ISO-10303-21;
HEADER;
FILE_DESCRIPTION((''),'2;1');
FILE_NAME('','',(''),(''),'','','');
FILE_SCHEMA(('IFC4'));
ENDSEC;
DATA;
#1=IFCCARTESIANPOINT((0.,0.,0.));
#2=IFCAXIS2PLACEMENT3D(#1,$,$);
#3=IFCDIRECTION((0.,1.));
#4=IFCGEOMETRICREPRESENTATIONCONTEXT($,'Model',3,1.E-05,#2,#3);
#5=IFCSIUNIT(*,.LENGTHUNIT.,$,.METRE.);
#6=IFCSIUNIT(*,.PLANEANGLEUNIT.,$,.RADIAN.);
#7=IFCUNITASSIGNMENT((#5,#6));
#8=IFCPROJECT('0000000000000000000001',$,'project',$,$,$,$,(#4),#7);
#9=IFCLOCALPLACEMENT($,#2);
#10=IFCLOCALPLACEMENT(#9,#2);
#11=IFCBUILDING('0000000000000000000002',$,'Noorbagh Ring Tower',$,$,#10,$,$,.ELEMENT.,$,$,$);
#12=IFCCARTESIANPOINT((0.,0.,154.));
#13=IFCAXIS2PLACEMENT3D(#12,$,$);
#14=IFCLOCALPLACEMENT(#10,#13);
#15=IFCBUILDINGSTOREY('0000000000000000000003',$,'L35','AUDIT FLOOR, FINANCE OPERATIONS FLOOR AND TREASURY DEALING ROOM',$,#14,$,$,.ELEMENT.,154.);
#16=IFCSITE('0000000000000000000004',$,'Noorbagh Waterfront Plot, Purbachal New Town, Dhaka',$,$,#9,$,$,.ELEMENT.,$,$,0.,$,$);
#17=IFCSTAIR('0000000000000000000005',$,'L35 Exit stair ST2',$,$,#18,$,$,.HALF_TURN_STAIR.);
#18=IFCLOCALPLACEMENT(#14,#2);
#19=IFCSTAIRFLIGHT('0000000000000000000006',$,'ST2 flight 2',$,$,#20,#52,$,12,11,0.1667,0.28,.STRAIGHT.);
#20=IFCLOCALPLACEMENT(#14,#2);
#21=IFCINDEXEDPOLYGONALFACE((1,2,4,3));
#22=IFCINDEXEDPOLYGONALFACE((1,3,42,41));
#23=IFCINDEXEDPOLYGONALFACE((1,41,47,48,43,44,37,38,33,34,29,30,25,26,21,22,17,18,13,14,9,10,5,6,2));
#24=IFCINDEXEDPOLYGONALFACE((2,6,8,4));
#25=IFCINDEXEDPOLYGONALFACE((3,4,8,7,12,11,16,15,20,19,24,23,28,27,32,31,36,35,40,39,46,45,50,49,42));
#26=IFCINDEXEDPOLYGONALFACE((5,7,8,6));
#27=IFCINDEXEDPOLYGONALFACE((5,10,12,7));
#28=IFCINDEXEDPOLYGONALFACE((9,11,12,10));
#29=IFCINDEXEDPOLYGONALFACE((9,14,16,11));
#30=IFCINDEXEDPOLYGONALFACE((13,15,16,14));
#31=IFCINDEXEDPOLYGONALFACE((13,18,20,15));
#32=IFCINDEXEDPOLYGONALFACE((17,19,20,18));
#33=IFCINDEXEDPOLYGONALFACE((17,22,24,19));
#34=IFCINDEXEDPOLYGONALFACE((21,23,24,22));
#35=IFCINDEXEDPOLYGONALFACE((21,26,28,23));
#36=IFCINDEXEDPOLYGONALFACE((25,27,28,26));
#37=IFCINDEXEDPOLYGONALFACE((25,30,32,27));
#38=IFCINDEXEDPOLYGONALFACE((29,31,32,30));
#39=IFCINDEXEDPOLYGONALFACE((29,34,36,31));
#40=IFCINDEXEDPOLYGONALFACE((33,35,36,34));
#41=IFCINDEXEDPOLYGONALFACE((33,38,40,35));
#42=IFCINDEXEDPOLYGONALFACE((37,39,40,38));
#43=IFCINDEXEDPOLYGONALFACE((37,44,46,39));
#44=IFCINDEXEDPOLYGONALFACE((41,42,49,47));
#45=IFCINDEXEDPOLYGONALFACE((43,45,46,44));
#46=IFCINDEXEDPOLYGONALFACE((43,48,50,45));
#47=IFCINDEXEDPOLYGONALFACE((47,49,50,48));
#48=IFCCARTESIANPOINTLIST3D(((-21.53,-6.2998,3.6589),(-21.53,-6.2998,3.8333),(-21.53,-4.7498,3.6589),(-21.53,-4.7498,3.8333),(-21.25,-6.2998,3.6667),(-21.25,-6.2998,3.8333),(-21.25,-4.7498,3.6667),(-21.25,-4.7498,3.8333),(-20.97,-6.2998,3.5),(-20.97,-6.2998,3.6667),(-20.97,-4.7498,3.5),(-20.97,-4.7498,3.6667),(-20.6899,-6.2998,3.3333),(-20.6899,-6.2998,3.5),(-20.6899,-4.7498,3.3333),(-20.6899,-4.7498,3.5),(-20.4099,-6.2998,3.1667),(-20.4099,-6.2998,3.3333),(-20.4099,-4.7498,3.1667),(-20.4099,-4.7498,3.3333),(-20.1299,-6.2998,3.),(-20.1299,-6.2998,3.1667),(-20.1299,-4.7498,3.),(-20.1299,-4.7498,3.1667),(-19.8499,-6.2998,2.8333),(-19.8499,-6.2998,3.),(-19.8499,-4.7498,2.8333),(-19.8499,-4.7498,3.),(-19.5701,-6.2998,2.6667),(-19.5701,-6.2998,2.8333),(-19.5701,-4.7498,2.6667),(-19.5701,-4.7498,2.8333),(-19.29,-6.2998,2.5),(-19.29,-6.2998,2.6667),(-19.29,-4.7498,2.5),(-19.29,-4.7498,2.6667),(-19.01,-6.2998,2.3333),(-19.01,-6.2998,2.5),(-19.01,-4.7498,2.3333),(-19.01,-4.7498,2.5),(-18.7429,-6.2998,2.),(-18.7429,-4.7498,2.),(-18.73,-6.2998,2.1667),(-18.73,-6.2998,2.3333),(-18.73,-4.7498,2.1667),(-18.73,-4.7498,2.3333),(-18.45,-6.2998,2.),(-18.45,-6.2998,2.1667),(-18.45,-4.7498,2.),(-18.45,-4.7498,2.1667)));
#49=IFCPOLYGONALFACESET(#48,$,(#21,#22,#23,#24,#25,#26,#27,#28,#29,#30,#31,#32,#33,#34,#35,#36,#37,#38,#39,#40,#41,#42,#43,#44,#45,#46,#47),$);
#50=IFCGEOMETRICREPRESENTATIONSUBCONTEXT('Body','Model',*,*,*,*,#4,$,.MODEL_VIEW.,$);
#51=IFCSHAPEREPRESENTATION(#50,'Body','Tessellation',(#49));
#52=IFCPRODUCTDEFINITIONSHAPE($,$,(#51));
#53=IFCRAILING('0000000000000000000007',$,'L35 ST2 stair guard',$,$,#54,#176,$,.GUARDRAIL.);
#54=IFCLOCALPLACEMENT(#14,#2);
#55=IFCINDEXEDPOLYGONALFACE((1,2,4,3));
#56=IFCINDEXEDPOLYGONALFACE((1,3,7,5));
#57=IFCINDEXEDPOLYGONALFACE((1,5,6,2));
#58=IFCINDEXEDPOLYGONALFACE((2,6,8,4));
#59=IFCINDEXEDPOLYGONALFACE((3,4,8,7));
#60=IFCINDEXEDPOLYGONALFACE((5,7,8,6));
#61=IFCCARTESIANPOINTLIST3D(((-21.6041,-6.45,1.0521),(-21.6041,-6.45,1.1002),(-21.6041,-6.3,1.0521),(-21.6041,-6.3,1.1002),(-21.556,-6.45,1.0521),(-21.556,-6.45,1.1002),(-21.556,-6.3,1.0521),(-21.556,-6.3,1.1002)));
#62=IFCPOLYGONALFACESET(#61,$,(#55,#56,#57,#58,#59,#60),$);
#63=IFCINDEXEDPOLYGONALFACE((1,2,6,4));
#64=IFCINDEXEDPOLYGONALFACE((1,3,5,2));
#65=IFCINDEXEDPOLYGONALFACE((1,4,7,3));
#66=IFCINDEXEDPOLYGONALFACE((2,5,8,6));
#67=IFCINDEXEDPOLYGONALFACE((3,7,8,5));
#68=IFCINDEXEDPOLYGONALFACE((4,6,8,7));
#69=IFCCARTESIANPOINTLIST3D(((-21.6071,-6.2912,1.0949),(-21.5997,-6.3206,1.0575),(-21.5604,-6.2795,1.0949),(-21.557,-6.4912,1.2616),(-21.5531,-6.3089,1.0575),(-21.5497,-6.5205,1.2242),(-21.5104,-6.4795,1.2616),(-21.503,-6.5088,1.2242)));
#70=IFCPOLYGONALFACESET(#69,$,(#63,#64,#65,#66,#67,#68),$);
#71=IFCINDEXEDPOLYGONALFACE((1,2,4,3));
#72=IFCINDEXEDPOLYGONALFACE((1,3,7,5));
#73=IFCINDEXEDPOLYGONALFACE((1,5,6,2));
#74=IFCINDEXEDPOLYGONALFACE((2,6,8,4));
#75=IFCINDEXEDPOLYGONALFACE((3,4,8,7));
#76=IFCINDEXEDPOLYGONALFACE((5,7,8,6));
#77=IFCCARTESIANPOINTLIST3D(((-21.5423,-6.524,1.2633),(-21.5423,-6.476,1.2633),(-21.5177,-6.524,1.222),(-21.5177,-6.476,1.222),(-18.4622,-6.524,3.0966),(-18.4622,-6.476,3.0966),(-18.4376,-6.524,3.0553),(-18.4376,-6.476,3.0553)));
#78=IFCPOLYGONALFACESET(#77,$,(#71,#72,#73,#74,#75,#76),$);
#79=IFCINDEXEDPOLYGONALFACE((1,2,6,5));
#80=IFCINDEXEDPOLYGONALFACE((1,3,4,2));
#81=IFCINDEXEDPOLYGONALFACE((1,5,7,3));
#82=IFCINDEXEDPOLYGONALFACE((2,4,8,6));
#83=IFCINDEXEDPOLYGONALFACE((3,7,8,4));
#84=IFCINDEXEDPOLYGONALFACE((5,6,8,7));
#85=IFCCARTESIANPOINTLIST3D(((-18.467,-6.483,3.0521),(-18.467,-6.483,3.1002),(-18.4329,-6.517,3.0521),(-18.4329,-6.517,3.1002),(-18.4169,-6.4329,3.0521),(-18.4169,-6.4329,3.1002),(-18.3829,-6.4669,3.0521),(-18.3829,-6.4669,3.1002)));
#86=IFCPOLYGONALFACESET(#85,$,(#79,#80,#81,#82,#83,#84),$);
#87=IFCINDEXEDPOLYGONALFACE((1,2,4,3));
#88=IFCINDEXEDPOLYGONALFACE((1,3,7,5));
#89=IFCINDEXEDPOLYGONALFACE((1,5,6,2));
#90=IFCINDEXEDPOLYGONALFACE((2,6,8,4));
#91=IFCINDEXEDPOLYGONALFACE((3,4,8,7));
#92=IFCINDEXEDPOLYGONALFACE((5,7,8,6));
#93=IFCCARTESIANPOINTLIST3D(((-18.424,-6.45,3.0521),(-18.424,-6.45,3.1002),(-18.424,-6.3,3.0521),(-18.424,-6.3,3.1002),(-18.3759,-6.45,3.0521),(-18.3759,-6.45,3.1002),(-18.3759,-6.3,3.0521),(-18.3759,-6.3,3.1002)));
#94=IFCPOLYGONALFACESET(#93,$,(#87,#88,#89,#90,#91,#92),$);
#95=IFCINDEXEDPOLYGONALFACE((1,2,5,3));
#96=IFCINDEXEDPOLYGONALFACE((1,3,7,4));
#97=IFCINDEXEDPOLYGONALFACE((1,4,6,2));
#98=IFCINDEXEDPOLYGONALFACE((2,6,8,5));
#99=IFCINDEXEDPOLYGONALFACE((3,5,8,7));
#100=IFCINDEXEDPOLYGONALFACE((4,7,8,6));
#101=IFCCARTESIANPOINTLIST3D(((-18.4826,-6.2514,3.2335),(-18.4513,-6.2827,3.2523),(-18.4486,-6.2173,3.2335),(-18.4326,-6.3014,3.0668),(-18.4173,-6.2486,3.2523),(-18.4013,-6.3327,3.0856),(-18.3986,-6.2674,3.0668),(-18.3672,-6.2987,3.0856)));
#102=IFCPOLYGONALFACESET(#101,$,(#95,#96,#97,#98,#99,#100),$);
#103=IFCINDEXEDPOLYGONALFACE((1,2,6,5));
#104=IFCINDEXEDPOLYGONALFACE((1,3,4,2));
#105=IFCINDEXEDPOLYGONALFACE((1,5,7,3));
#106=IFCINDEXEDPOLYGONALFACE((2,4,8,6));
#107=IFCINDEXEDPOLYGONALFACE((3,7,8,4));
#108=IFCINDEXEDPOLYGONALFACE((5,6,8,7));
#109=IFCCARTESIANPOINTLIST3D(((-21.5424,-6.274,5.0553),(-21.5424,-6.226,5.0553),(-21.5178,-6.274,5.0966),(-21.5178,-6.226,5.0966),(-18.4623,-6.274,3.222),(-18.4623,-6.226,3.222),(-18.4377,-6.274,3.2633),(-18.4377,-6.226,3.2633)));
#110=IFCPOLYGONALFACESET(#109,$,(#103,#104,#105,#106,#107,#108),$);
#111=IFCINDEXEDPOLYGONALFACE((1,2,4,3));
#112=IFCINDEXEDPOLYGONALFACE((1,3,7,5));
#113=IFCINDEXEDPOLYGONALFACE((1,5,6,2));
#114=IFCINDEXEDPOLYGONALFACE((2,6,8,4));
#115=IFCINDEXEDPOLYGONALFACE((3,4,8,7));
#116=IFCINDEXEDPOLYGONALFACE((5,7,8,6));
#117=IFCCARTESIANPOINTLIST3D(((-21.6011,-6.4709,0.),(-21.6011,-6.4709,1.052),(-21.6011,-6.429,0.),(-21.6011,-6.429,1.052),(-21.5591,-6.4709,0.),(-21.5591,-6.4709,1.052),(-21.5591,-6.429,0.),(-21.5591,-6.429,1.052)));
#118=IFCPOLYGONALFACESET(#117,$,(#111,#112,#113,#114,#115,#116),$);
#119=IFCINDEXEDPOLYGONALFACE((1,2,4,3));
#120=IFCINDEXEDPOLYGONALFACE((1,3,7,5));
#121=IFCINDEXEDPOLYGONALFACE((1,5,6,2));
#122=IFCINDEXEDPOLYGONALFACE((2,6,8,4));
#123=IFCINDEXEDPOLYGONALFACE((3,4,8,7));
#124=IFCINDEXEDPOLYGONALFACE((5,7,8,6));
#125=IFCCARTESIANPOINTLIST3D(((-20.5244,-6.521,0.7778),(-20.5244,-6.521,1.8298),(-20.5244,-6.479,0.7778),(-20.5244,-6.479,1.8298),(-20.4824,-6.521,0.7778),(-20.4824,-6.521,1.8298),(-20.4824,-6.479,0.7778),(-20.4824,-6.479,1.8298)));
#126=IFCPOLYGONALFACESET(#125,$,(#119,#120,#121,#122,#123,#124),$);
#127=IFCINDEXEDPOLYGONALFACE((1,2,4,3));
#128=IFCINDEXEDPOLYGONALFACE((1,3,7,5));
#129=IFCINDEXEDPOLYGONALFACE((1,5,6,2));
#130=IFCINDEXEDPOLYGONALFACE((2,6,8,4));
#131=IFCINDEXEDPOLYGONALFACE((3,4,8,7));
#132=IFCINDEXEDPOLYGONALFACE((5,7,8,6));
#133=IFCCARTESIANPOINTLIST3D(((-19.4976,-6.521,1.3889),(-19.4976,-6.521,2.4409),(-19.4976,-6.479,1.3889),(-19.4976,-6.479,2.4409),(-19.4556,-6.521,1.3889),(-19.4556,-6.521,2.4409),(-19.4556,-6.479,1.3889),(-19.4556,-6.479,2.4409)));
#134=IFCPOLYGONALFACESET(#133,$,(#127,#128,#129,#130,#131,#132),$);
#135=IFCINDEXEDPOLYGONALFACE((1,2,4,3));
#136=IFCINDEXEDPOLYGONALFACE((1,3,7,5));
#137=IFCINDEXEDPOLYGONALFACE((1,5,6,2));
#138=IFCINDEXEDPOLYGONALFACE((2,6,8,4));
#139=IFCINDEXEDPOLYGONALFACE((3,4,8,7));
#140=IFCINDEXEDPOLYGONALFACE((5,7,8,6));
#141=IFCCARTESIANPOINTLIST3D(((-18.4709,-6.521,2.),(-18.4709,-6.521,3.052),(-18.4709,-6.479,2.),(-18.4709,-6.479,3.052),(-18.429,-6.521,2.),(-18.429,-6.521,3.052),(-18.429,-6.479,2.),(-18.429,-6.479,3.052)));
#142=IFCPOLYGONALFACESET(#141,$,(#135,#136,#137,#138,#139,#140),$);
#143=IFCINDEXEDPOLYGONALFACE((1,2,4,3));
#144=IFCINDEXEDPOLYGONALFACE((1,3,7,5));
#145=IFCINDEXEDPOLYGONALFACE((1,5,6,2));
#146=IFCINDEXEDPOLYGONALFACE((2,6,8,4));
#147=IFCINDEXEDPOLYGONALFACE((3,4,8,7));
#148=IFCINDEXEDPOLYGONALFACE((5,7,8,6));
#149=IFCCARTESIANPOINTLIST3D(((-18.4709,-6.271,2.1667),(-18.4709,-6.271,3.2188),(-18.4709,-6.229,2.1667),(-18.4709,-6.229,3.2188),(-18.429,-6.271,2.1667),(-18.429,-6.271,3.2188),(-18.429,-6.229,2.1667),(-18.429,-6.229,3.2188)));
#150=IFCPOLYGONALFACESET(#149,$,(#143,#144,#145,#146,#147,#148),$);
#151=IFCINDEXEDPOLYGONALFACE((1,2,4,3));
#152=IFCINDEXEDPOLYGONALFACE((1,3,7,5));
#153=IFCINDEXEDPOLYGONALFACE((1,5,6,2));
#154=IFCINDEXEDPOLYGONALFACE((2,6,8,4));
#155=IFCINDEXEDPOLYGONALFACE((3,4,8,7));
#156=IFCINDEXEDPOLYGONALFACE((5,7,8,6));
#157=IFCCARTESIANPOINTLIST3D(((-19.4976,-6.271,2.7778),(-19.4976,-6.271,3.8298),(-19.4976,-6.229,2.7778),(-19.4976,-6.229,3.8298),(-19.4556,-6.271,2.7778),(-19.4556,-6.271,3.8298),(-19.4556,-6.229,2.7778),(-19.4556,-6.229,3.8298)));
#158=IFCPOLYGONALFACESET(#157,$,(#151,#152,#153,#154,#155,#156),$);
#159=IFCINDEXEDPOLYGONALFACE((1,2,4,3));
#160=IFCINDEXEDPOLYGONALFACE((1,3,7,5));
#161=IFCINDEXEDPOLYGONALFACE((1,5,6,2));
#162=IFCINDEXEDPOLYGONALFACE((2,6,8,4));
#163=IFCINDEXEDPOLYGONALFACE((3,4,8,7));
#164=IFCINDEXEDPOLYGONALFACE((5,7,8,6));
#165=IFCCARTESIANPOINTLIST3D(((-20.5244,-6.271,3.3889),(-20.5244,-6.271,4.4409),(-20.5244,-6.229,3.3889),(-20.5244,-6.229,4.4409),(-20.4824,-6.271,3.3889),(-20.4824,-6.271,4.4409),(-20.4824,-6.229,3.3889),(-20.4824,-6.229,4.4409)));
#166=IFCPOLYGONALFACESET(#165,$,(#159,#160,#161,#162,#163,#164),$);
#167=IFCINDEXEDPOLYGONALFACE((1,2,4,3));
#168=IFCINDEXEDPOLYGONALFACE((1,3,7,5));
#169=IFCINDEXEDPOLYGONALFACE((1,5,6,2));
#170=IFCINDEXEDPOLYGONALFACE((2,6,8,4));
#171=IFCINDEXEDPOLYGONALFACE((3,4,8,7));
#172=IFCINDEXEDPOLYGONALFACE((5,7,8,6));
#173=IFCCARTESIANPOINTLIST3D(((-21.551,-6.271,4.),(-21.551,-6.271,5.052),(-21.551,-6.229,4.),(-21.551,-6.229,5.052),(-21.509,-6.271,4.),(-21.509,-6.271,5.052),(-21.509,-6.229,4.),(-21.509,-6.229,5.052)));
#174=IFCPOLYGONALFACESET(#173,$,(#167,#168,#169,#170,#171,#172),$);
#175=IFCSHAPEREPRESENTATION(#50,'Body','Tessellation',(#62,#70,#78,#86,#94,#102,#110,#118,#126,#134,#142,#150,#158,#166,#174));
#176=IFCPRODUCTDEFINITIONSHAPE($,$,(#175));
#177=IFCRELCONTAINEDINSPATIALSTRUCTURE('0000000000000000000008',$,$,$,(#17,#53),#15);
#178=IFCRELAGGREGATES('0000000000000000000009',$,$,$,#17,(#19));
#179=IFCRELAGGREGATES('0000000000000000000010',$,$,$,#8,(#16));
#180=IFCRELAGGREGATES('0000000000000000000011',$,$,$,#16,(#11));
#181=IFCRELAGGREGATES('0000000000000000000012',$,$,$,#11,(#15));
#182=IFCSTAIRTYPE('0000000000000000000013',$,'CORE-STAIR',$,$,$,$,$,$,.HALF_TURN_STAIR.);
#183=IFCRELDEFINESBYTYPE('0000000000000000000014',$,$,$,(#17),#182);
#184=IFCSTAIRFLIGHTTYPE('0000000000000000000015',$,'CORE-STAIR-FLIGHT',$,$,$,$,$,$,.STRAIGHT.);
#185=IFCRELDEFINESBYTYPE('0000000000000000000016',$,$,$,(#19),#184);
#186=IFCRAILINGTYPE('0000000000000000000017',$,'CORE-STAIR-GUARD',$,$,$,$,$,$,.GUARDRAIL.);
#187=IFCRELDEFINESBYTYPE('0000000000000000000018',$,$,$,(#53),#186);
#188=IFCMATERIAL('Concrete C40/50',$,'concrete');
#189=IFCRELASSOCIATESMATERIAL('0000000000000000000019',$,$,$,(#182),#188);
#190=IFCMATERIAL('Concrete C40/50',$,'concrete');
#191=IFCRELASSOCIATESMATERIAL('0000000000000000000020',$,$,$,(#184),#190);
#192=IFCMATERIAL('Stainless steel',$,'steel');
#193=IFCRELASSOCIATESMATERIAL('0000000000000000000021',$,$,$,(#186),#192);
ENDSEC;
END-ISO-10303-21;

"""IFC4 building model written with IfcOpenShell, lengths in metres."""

from ifc_helpers import new_model, si_unit, direction, frame, origin, origin_2d, place, context, subcontext, project, spatial, polyline, rectangle, outline, extrude, material, type_object, element, aggregate, save


model = new_model("IFC4")

# Units and contexts
model_context = context("Model", 3, precision=1e-05, world=origin(), true_north=direction((0.0, 1.0)))
body_context = subcontext(model_context, "Body", "Model", "MODEL_VIEW")
ifc_project = project(units=[si_unit("LENGTHUNIT", "METRE"), si_unit("PLANEANGLEUNIT", "RADIAN")], contexts=[model_context])

# Site, building, storey
site_placement = place(None, origin())
site = spatial("IfcSite", under=ifc_project, at=site_placement, Name="Noorbagh Waterfront Plot, Purbachal New Town, Dhaka", CompositionType="ELEMENT", RefElevation=0.0)
building_placement = place(site_placement, origin())
building = spatial("IfcBuilding", under=site, at=building_placement, Name="Noorbagh Ring Tower", CompositionType="ELEMENT")
storey_placement = place(building_placement, frame((0.0, 0.0, 154.0)))
storey = spatial("IfcBuildingStorey", under=building, at=storey_placement, Name="L35", Description="AUDIT FLOOR, FINANCE OPERATIONS FLOOR AND TREASURY DEALING ROOM", CompositionType="ELEMENT", Elevation=154.0)

# Stair, stair flight
ifc_material_1 = material(Name="Concrete C40/50", Category="concrete")
stair_type = type_object("IfcStairType", Name="CORE-STAIR", PredefinedType="HALF_TURN_STAIR", material=ifc_material_1)
stair_placement = place(storey_placement, origin())
stair = element("IfcStair", 1, at=stair_placement, inside=storey, type_object=stair_type, Name="L35 Exit stair ST2", PredefinedType="HALF_TURN_STAIR")
ifc_material_2 = material(Name="Concrete C40/50", Category="concrete")
stair_flight_type = type_object("IfcStairFlightType", Name="CORE-STAIR-FLIGHT", PredefinedType="STRAIGHT", material=ifc_material_2)
stair_flight_1_placement = place(storey_placement, frame((-18.45, -5.5249, 2.0), z_axis=(0.0, 0.0, 1.0), x_axis=(-1.0, 0.0, 0.0)))
stair_flight_1 = element("IfcStairFlight", 2, at=stair_flight_1_placement, type_object=stair_flight_type, Name="ST2 flight 2", NumberOfRisers=12, NumberOfTreads=11, PredefinedType="STRAIGHT", RiserHeight=0.1667, TreadLength=0.28, context=body_context, shape_type="SweptSolid", body=[
    extrude(outline(polyline([(0.0, 0.0), (0.0, 0.1667), (0.28, 0.1667), (0.28, 0.3333), (0.5601, 0.3333), (0.5601, 0.5), (0.8401, 0.5), (0.8401, 0.6667), (1.1201, 0.6667), (1.1201, 0.8333), (1.3999, 0.8333), (1.3999, 1.0), (1.6799, 1.0), (1.6799, 1.1667), (1.96, 1.1667), (1.96, 1.3333), (2.24, 1.3333), (2.24, 1.5), (2.52, 1.5), (2.52, 1.6667), (2.8, 1.6667), (2.8, 1.8333), (3.0801, 1.8333), (3.0801, 2.0), (3.0801, 1.6589), (0.293, 0.0), (0.0, 0.0)])), frame((0.0, 0.7749, 0.0), z_axis=(0.0, -1.0, 0.0), x_axis=(1.0, 0.0, 0.0)), (0.0, 0.0, 1.0), 1.55),
])
aggregate(stair, [stair_flight_1])

# Railing
ifc_material_3 = material(Name="Stainless steel", Category="steel")
railing_type_1 = type_object("IfcRailingType", Name="CORE-STAIR-GUARD", PredefinedType="GUARDRAIL", material=ifc_material_3)
railing_1_placement = place(storey_placement, frame((-21.5801, -6.45, 0.0)))
element("IfcRailing", 3, at=railing_1_placement, inside=storey, type_object=railing_type_1, Name="L35 ST2 stair guard", PredefinedType="GUARDRAIL", context=body_context, shape_type="SweptSolid", body=[
    extrude(rectangle(XDim=0.0481, YDim=0.0481, at=origin_2d()), frame((0.0, 0.0, 1.0762), z_axis=(0.0, 1.0, 0.0), x_axis=(-1.0, 0.0, 0.0)), (0.0, 0.0, 1.0), 0.1499),
    extrude(rectangle(XDim=0.0481, YDim=0.0481, at=origin_2d()), frame((0.0, 0.1499, 1.0762), z_axis=(0.188776, -0.754182, 0.628946), x_axis=(0.970073, 0.242814, 0.0)), (0.0, 0.0, 1.0), 0.2651),
    extrude(rectangle(XDim=0.0481, YDim=0.0481, at=origin_2d()), frame((0.05, -0.05, 1.2427), z_axis=(0.859309, 0.0, 0.511458), x_axis=(0.0, 1.0, 0.0)), (0.0, 0.0, 1.0), 3.5845),
    extrude(rectangle(XDim=0.0481, YDim=0.0481, at=origin_2d()), frame((3.1301, -0.05, 3.0762), z_axis=(0.707107, 0.707107, 0.0), x_axis=(-0.707107, 0.707107, 0.0)), (0.0, 0.0, 1.0), 0.0708),
    extrude(rectangle(XDim=0.0481, YDim=0.0481, at=origin_2d()), frame((3.1802, 0.0, 3.0762), z_axis=(0.0, 1.0, 0.0), x_axis=(-1.0, 0.0, 0.0)), (0.0, 0.0, 1.0), 0.1499),
    extrude(rectangle(XDim=0.0481, YDim=0.0481, at=origin_2d()), frame((3.1802, 0.1499, 3.0762), z_axis=(-0.276287, 0.276287, 0.920506), x_axis=(-0.707107, -0.707107, 0.0)), (0.0, 0.0, 1.0), 0.1812),
    extrude(rectangle(XDim=0.0481, YDim=0.0481, at=origin_2d()), frame((3.1301, 0.2, 3.2427), z_axis=(-0.859309, 0.0, 0.511458), x_axis=(0.0, -1.0, 0.0)), (0.0, 0.0, 1.0), 3.5845),
    extrude(rectangle(XDim=0.042, YDim=0.042, at=origin_2d()), origin(), (0.0, 0.0, 1.0), 1.052),
    extrude(rectangle(XDim=0.042, YDim=0.042, at=origin_2d()), frame((1.0767, -0.05, 0.7778)), (0.0, 0.0, 1.0), 1.052),
    extrude(rectangle(XDim=0.042, YDim=0.042, at=origin_2d()), frame((2.1035, -0.05, 1.3889)), (0.0, 0.0, 1.0), 1.052),
    extrude(rectangle(XDim=0.042, YDim=0.042, at=origin_2d()), frame((3.1301, -0.05, 2.0)), (0.0, 0.0, 1.0), 1.052),
    extrude(rectangle(XDim=0.042, YDim=0.042, at=origin_2d()), frame((3.1301, 0.2, 2.1667)), (0.0, 0.0, 1.0), 1.052),
    extrude(rectangle(XDim=0.042, YDim=0.042, at=origin_2d()), frame((2.1035, 0.2, 2.7778)), (0.0, 0.0, 1.0), 1.052),
    extrude(rectangle(XDim=0.042, YDim=0.042, at=origin_2d()), frame((1.0767, 0.2, 3.3889)), (0.0, 0.0, 1.0), 1.052),
    extrude(rectangle(XDim=0.042, YDim=0.042, at=origin_2d()), frame((0.05, 0.2, 4.0)), (0.0, 0.0, 1.0), 1.052),
])

save(model, "model.ifc")
